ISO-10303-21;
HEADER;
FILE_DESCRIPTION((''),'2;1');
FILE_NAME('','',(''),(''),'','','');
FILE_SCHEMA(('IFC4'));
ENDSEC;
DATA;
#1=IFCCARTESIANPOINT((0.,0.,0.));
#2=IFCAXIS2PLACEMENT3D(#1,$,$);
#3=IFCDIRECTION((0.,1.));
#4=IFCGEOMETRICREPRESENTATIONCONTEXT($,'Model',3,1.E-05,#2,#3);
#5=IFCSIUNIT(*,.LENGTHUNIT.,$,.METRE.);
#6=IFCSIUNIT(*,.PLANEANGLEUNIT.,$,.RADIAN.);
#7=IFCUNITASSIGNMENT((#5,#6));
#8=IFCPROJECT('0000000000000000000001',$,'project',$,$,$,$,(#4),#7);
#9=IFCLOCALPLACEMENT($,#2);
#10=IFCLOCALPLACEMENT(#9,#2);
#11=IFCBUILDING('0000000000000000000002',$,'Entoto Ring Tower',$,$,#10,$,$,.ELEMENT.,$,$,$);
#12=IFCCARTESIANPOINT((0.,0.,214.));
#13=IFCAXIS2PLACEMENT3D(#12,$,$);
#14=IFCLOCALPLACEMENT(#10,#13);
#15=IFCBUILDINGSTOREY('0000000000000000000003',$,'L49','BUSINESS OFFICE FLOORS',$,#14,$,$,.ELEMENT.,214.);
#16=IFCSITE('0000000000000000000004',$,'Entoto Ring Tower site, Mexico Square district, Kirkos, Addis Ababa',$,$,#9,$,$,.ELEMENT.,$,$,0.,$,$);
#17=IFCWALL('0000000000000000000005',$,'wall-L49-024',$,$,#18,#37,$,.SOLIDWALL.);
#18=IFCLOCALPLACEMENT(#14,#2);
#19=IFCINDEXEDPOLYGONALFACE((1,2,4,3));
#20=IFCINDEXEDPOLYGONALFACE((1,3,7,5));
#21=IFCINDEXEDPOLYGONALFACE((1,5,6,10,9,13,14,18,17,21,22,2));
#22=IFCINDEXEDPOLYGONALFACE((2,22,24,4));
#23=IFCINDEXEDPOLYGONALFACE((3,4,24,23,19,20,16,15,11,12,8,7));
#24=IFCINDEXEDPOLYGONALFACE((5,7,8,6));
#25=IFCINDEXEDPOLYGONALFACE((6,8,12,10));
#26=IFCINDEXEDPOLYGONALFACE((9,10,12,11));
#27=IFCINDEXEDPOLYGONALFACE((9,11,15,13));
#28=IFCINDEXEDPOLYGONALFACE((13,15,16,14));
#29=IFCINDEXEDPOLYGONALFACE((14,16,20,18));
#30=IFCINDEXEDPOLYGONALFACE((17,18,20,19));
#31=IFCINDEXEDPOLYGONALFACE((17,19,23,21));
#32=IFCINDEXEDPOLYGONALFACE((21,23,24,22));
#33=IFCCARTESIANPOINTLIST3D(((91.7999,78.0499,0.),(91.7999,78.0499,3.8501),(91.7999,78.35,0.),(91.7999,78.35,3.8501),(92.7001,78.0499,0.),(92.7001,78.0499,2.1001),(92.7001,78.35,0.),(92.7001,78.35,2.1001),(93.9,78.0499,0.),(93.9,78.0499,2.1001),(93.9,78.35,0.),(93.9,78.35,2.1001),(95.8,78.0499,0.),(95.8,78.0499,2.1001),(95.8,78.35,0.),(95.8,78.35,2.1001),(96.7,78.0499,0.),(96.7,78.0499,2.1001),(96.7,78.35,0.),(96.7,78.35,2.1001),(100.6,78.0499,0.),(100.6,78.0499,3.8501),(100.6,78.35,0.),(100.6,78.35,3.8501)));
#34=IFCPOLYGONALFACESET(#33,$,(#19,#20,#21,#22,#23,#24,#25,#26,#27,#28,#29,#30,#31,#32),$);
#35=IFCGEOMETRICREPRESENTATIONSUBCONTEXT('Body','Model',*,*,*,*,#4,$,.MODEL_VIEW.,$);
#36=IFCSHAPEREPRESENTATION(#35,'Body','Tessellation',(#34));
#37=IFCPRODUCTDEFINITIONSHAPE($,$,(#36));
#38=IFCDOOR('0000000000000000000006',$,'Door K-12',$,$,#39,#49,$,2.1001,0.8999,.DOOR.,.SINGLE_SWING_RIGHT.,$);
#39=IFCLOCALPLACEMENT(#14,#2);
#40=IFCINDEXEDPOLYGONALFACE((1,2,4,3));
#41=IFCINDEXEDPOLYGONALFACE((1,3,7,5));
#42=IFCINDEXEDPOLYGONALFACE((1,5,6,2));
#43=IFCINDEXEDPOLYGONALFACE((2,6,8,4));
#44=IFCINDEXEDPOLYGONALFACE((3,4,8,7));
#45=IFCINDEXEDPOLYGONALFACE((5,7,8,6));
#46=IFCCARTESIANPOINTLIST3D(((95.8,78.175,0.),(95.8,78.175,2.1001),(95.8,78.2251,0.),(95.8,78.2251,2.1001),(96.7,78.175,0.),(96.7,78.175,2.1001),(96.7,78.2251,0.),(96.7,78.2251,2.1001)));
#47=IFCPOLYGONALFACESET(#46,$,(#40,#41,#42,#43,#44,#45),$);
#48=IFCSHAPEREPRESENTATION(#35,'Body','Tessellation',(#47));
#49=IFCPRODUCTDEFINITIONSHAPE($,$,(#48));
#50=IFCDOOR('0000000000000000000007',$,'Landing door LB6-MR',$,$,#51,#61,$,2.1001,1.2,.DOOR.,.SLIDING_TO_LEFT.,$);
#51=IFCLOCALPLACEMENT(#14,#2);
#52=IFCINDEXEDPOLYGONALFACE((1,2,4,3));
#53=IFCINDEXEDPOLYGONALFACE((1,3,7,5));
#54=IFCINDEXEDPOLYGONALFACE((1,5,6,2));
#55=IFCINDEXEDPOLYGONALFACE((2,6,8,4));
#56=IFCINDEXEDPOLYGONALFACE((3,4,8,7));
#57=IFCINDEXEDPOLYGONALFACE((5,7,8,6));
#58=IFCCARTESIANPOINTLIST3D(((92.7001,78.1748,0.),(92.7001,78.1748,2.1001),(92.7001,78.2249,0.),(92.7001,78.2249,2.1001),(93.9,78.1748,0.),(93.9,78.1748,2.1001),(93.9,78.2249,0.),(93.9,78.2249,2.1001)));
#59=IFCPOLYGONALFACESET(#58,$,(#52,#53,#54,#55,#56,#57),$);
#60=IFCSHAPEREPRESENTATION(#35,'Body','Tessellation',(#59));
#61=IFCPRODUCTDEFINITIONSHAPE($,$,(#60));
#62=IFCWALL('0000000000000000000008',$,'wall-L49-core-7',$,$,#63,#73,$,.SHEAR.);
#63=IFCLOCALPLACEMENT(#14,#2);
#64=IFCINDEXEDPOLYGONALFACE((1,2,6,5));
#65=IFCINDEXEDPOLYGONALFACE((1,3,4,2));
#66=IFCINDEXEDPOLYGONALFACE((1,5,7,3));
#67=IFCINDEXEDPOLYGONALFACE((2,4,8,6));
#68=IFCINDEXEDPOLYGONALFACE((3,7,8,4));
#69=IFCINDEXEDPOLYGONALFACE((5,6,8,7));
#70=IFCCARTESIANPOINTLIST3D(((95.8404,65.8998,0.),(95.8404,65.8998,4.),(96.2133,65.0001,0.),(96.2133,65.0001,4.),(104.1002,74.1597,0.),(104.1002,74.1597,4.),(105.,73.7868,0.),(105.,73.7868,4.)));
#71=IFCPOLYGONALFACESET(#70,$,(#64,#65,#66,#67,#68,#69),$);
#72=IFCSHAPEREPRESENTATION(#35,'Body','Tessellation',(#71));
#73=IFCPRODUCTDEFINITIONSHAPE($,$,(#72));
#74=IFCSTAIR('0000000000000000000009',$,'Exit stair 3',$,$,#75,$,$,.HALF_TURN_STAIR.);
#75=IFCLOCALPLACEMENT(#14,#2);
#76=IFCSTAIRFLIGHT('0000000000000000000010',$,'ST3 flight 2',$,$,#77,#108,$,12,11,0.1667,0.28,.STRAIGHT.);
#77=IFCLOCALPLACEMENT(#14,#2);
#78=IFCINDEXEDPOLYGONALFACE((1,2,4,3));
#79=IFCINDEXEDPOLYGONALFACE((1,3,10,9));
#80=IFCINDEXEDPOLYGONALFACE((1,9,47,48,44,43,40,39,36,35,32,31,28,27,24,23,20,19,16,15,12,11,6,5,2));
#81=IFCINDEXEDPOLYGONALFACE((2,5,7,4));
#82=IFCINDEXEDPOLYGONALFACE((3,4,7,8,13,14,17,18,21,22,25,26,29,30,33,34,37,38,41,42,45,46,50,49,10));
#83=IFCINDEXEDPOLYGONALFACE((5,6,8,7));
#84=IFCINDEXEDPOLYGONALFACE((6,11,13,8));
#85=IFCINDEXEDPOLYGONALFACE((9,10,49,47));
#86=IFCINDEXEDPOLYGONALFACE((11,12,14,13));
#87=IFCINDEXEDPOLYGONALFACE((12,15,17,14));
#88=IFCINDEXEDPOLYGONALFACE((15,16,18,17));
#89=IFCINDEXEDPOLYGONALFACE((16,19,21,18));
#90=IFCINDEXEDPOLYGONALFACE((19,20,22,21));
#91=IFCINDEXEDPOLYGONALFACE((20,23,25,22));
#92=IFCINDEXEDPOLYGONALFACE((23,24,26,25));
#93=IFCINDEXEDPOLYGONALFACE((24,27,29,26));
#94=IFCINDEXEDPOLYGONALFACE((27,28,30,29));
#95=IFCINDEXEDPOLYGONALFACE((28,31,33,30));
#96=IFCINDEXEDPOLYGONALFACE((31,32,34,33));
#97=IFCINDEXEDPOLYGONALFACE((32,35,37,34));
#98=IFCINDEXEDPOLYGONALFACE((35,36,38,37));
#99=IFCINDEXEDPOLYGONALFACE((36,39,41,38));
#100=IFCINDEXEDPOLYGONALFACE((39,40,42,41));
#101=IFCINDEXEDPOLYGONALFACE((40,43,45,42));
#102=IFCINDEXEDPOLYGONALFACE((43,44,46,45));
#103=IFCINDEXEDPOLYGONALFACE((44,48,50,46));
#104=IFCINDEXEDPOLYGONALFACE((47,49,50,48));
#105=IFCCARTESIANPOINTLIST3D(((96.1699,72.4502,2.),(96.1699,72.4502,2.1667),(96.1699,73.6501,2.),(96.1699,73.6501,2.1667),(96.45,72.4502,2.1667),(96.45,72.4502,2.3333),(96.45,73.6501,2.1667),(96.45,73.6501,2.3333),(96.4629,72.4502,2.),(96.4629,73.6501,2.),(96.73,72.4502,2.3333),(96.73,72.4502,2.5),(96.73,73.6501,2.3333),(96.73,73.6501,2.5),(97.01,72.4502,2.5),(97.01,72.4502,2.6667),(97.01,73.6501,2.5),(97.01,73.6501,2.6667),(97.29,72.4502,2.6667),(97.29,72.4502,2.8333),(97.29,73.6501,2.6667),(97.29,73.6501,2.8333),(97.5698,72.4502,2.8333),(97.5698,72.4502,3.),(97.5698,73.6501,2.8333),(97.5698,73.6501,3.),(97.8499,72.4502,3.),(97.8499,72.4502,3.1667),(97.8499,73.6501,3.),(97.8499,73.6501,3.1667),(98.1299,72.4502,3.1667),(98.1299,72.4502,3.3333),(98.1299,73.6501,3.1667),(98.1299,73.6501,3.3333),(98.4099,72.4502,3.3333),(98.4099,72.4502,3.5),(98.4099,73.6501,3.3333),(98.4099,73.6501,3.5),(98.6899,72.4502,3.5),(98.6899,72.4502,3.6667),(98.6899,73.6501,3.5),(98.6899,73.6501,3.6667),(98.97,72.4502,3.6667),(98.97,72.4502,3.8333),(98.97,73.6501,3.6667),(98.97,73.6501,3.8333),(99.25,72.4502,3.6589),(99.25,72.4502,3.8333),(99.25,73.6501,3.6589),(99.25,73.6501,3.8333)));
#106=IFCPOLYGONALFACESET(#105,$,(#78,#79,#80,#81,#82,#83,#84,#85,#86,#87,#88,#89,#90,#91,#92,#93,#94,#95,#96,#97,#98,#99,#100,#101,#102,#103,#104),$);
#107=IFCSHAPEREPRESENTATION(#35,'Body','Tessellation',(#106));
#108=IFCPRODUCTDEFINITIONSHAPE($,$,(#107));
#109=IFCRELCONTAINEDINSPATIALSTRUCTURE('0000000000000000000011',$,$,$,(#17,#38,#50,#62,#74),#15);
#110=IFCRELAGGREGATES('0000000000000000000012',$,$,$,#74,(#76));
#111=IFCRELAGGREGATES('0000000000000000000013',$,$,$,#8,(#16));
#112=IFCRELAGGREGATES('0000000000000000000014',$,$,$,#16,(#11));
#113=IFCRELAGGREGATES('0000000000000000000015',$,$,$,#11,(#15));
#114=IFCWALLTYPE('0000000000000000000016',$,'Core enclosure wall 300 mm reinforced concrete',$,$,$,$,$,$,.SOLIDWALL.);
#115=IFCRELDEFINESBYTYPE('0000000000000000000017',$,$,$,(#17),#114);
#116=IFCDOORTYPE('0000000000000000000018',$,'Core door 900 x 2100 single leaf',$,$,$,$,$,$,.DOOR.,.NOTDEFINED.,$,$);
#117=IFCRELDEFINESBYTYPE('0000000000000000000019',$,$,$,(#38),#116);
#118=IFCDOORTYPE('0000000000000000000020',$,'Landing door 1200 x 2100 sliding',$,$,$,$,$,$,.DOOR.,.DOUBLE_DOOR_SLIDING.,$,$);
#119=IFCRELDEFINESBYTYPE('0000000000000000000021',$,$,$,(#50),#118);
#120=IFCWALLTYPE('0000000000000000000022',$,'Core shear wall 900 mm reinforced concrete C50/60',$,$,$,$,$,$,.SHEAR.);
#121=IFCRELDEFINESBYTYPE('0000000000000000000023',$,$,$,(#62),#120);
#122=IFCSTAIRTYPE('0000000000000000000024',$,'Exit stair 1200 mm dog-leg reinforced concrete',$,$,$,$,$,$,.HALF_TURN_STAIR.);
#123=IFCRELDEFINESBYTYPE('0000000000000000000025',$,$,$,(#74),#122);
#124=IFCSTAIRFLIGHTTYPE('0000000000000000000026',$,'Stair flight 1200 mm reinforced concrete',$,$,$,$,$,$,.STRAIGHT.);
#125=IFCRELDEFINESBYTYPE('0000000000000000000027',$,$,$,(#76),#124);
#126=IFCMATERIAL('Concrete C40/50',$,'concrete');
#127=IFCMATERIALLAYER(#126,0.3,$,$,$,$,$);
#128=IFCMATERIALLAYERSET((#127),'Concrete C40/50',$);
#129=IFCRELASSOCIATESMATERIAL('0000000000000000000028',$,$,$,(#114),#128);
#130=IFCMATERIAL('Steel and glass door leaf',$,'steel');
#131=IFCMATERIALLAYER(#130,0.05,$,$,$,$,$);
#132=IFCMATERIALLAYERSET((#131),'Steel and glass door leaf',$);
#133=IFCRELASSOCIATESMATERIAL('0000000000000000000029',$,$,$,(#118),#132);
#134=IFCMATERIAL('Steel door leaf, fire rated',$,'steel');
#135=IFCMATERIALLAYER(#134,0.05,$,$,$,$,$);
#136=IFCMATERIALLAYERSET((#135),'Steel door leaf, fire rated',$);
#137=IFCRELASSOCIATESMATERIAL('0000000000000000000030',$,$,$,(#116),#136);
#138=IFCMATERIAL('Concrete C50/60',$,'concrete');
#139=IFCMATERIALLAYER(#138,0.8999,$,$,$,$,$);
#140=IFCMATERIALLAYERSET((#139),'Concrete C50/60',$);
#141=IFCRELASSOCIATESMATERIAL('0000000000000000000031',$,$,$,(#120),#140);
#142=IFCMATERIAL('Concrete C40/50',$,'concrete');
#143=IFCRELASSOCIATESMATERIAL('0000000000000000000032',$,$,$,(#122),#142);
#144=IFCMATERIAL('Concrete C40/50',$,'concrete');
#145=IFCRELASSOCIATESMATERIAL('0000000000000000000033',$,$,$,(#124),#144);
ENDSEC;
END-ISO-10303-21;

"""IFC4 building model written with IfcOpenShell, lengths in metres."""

from ifc_helpers import new_model, si_unit, direction, frame, frame_2d, origin, place, context, subcontext, project, spatial, polyline, rectangle, outline, extrude, material, layer, layer_set, type_object, element, fill, aggregate, save


model = new_model("IFC4")

# Units and contexts
model_context = context("Model", 3, precision=1e-05, world=origin(), true_north=direction((0.0, 1.0)))
body_context = subcontext(model_context, "Body", "Model", "MODEL_VIEW")
ifc_project = project(units=[si_unit("LENGTHUNIT", "METRE"), si_unit("PLANEANGLEUNIT", "RADIAN")], contexts=[model_context])

# Site, building, storey
site_placement = place(None, origin())
site = spatial("IfcSite", under=ifc_project, at=site_placement, Name="Entoto Ring Tower site, Mexico Square district, Kirkos, Addis Ababa", CompositionType="ELEMENT", RefElevation=0.0)
building_placement = place(site_placement, origin())
building = spatial("IfcBuilding", under=site, at=building_placement, Name="Entoto Ring Tower", CompositionType="ELEMENT")
storey_placement = place(building_placement, frame((0.0, 0.0, 214.0)))
storey = spatial("IfcBuildingStorey", under=building, at=storey_placement, Name="L49", Description="BUSINESS OFFICE FLOORS", CompositionType="ELEMENT", Elevation=214.0)

# Shared definitions
ifc_material_1 = material(Name="Concrete C40/50", Category="concrete")
ifc_layer_1 = layer(ifc_material_1, 0.3)
ifc_layer_set_1 = layer_set([ifc_layer_1], Name="Concrete C40/50")
wall_type_1 = type_object("IfcWallType", Name="Core enclosure wall 300 mm reinforced concrete", PredefinedType="SOLIDWALL", material=ifc_layer_set_1)

# Shared definitions
ifc_material_2 = material(Name="Steel and glass door leaf", Category="steel")
ifc_layer_2 = layer(ifc_material_2, 0.05)
ifc_layer_set_2 = layer_set([ifc_layer_2], Name="Steel and glass door leaf")
door_type_1 = type_object("IfcDoorType", Name="Landing door 1200 x 2100 sliding", OperationType="DOUBLE_DOOR_SLIDING", PredefinedType="DOOR", material=ifc_layer_set_2)

# Wall, openings, doors
wall_1_placement = place(storey_placement, frame((91.8, 78.2, 0.0), z_axis=(0.0, 0.0, 1.0), x_axis=(1.0, 0.0, 0.0)))
wall_1 = element("IfcWall", 1, at=wall_1_placement, inside=storey, type_object=wall_type_1, Name="wall-L49-024", PredefinedType="SOLIDWALL", context=body_context, shape_type="SweptSolid", body=[
    extrude(rectangle(XDim=8.8, YDim=0.3, at=frame_2d((4.3999, 0.0))), origin(), (0.0, 0.0, 1.0), 3.8501),
])
opening_1_placement = place(wall_1_placement, frame((0.8999, 0.0, 0.0)))
opening_1 = element("IfcOpeningElement", 2, at=opening_1_placement, cuts=wall_1, PredefinedType="OPENING", context=body_context, shape_type="SweptSolid", body=[
    extrude(rectangle(XDim=1.2, YDim=2.1001, at=frame_2d((0.6001, 1.05))), frame((0.0, 0.1602, 0.0), z_axis=(0.0, -1.0, 0.0), x_axis=(1.0, 0.0, 0.0)), (0.0, 0.0, 1.0), 0.3201),
])
opening_2_placement = place(wall_1_placement, frame((4.0, 0.0, 0.0)))
opening_2 = element("IfcOpeningElement", 3, at=opening_2_placement, cuts=wall_1, PredefinedType="OPENING", context=body_context, shape_type="SweptSolid", body=[
    extrude(rectangle(XDim=0.8999, YDim=2.1001, at=frame_2d((0.45, 1.05))), frame((0.0, 0.1602, 0.0), z_axis=(0.0, -1.0, 0.0), x_axis=(1.0, 0.0, 0.0)), (0.0, 0.0, 1.0), 0.3201),
])
ifc_material_3 = material(Name="Steel door leaf, fire rated", Category="steel")
ifc_layer_3 = layer(ifc_material_3, 0.05)
ifc_layer_set_3 = layer_set([ifc_layer_3], Name="Steel door leaf, fire rated")
door_type_2 = type_object("IfcDoorType", Name="Core door 900 x 2100 single leaf", OperationType="NOTDEFINED", PredefinedType="DOOR", material=ifc_layer_set_3)
door_1_placement = place(opening_2_placement, frame((0.8999, 0.0, 0.0), z_axis=(0.0, 0.0, 1.0), x_axis=(-1.0, 0.0, 0.0)))
door_1 = element("IfcDoor", 4, at=door_1_placement, inside=storey, type_object=door_type_2, Name="Door K-12", OperationType="SINGLE_SWING_RIGHT", OverallHeight=2.1001, OverallWidth=0.8999, PredefinedType="DOOR", context=body_context, shape_type="SweptSolid", body=[
    extrude(rectangle(XDim=0.8999, YDim=2.1001, at=frame_2d((0.45, 1.05))), frame((0.0, 0.0249, 0.0), z_axis=(0.0, -1.0, 0.0), x_axis=(1.0, 0.0, 0.0)), (0.0, 0.0, 1.0), 0.05),
])
fill(opening_2, door_1)
door_2_placement = place(opening_1_placement, origin())
door_2 = element("IfcDoor", 5, at=door_2_placement, inside=storey, type_object=door_type_1, Name="Landing door LB6-MR", OperationType="SLIDING_TO_LEFT", OverallHeight=2.1001, OverallWidth=1.2, PredefinedType="DOOR", context=body_context, shape_type="SweptSolid", body=[
    extrude(rectangle(XDim=1.2, YDim=2.1001, at=frame_2d((0.6001, 1.05))), frame((0.0, 0.0249, 0.0), z_axis=(0.0, -1.0, 0.0), x_axis=(1.0, 0.0, 0.0)), (0.0, 0.0, 1.0), 0.05),
])
fill(opening_1, door_2)

# Wall
ifc_material_4 = material(Name="Concrete C50/60", Category="concrete")
ifc_layer_4 = layer(ifc_material_4, 0.8999)
ifc_layer_set_4 = layer_set([ifc_layer_4], Name="Concrete C50/60")
wall_type_2 = type_object("IfcWallType", Name="Core shear wall 900 mm reinforced concrete C50/60", PredefinedType="SHEAR", material=ifc_layer_set_4)
wall_2_placement = place(storey_placement, frame((96.0269, 65.45, 0.0), z_axis=(0.0, 0.0, 1.0), x_axis=(0.707107, 0.707107, 0.0)))
element("IfcWall", 6, at=wall_2_placement, inside=storey, type_object=wall_type_2, Name="wall-L49-core-7", PredefinedType="SHEAR", context=body_context, shape_type="SweptSolid", body=[
    extrude(outline(polyline([(-0.1863, -0.45), (12.24, -0.45), (11.8674, 0.45), (0.1863, 0.45), (-0.1863, -0.45)])), origin(), (0.0, 0.0, 1.0), 4.0),
])

# Stair, stair flight
ifc_material_5 = material(Name="Concrete C40/50", Category="concrete")
stair_type = type_object("IfcStairType", Name="Exit stair 1200 mm dog-leg reinforced concrete", PredefinedType="HALF_TURN_STAIR", material=ifc_material_5)
stair_placement = place(storey_placement, origin())
stair = element("IfcStair", 7, at=stair_placement, inside=storey, type_object=stair_type, Name="Exit stair 3", PredefinedType="HALF_TURN_STAIR")
ifc_material_6 = material(Name="Concrete C40/50", Category="concrete")
stair_flight_type = type_object("IfcStairFlightType", Name="Stair flight 1200 mm reinforced concrete", PredefinedType="STRAIGHT", material=ifc_material_6)
stair_flight_placement = place(storey_placement, frame((96.1699, 73.05, 2.0), z_axis=(0.0, 0.0, 1.0), x_axis=(1.0, 0.0, 0.0)))
stair_flight = element("IfcStairFlight", 8, at=stair_flight_placement, type_object=stair_flight_type, Name="ST3 flight 2", NumberOfRisers=12, NumberOfTreads=11, PredefinedType="STRAIGHT", RiserHeight=0.1667, TreadLength=0.28, context=body_context, shape_type="SweptSolid", body=[
    extrude(outline(polyline([(0.0, 0.0), (0.0, 0.1667), (0.28, 0.1667), (0.28, 0.3333), (0.5601, 0.3333), (0.5601, 0.5), (0.8401, 0.5), (0.8401, 0.6667), (1.1201, 0.6667), (1.1201, 0.8333), (1.3999, 0.8333), (1.3999, 1.0), (1.6799, 1.0), (1.6799, 1.1667), (1.96, 1.1667), (1.96, 1.3333), (2.24, 1.3333), (2.24, 1.5), (2.52, 1.5), (2.52, 1.6667), (2.8, 1.6667), (2.8, 1.8333), (3.0801, 1.8333), (3.0801, 2.0), (3.0801, 1.6589), (0.293, 0.0), (0.0, 0.0)])), frame((0.0, 0.6001, 0.0), z_axis=(0.0, -1.0, 0.0), x_axis=(1.0, 0.0, 0.0)), (0.0, 0.0, 1.0), 1.2),
])
aggregate(stair, [stair_flight])

save(model, "model.ifc")
